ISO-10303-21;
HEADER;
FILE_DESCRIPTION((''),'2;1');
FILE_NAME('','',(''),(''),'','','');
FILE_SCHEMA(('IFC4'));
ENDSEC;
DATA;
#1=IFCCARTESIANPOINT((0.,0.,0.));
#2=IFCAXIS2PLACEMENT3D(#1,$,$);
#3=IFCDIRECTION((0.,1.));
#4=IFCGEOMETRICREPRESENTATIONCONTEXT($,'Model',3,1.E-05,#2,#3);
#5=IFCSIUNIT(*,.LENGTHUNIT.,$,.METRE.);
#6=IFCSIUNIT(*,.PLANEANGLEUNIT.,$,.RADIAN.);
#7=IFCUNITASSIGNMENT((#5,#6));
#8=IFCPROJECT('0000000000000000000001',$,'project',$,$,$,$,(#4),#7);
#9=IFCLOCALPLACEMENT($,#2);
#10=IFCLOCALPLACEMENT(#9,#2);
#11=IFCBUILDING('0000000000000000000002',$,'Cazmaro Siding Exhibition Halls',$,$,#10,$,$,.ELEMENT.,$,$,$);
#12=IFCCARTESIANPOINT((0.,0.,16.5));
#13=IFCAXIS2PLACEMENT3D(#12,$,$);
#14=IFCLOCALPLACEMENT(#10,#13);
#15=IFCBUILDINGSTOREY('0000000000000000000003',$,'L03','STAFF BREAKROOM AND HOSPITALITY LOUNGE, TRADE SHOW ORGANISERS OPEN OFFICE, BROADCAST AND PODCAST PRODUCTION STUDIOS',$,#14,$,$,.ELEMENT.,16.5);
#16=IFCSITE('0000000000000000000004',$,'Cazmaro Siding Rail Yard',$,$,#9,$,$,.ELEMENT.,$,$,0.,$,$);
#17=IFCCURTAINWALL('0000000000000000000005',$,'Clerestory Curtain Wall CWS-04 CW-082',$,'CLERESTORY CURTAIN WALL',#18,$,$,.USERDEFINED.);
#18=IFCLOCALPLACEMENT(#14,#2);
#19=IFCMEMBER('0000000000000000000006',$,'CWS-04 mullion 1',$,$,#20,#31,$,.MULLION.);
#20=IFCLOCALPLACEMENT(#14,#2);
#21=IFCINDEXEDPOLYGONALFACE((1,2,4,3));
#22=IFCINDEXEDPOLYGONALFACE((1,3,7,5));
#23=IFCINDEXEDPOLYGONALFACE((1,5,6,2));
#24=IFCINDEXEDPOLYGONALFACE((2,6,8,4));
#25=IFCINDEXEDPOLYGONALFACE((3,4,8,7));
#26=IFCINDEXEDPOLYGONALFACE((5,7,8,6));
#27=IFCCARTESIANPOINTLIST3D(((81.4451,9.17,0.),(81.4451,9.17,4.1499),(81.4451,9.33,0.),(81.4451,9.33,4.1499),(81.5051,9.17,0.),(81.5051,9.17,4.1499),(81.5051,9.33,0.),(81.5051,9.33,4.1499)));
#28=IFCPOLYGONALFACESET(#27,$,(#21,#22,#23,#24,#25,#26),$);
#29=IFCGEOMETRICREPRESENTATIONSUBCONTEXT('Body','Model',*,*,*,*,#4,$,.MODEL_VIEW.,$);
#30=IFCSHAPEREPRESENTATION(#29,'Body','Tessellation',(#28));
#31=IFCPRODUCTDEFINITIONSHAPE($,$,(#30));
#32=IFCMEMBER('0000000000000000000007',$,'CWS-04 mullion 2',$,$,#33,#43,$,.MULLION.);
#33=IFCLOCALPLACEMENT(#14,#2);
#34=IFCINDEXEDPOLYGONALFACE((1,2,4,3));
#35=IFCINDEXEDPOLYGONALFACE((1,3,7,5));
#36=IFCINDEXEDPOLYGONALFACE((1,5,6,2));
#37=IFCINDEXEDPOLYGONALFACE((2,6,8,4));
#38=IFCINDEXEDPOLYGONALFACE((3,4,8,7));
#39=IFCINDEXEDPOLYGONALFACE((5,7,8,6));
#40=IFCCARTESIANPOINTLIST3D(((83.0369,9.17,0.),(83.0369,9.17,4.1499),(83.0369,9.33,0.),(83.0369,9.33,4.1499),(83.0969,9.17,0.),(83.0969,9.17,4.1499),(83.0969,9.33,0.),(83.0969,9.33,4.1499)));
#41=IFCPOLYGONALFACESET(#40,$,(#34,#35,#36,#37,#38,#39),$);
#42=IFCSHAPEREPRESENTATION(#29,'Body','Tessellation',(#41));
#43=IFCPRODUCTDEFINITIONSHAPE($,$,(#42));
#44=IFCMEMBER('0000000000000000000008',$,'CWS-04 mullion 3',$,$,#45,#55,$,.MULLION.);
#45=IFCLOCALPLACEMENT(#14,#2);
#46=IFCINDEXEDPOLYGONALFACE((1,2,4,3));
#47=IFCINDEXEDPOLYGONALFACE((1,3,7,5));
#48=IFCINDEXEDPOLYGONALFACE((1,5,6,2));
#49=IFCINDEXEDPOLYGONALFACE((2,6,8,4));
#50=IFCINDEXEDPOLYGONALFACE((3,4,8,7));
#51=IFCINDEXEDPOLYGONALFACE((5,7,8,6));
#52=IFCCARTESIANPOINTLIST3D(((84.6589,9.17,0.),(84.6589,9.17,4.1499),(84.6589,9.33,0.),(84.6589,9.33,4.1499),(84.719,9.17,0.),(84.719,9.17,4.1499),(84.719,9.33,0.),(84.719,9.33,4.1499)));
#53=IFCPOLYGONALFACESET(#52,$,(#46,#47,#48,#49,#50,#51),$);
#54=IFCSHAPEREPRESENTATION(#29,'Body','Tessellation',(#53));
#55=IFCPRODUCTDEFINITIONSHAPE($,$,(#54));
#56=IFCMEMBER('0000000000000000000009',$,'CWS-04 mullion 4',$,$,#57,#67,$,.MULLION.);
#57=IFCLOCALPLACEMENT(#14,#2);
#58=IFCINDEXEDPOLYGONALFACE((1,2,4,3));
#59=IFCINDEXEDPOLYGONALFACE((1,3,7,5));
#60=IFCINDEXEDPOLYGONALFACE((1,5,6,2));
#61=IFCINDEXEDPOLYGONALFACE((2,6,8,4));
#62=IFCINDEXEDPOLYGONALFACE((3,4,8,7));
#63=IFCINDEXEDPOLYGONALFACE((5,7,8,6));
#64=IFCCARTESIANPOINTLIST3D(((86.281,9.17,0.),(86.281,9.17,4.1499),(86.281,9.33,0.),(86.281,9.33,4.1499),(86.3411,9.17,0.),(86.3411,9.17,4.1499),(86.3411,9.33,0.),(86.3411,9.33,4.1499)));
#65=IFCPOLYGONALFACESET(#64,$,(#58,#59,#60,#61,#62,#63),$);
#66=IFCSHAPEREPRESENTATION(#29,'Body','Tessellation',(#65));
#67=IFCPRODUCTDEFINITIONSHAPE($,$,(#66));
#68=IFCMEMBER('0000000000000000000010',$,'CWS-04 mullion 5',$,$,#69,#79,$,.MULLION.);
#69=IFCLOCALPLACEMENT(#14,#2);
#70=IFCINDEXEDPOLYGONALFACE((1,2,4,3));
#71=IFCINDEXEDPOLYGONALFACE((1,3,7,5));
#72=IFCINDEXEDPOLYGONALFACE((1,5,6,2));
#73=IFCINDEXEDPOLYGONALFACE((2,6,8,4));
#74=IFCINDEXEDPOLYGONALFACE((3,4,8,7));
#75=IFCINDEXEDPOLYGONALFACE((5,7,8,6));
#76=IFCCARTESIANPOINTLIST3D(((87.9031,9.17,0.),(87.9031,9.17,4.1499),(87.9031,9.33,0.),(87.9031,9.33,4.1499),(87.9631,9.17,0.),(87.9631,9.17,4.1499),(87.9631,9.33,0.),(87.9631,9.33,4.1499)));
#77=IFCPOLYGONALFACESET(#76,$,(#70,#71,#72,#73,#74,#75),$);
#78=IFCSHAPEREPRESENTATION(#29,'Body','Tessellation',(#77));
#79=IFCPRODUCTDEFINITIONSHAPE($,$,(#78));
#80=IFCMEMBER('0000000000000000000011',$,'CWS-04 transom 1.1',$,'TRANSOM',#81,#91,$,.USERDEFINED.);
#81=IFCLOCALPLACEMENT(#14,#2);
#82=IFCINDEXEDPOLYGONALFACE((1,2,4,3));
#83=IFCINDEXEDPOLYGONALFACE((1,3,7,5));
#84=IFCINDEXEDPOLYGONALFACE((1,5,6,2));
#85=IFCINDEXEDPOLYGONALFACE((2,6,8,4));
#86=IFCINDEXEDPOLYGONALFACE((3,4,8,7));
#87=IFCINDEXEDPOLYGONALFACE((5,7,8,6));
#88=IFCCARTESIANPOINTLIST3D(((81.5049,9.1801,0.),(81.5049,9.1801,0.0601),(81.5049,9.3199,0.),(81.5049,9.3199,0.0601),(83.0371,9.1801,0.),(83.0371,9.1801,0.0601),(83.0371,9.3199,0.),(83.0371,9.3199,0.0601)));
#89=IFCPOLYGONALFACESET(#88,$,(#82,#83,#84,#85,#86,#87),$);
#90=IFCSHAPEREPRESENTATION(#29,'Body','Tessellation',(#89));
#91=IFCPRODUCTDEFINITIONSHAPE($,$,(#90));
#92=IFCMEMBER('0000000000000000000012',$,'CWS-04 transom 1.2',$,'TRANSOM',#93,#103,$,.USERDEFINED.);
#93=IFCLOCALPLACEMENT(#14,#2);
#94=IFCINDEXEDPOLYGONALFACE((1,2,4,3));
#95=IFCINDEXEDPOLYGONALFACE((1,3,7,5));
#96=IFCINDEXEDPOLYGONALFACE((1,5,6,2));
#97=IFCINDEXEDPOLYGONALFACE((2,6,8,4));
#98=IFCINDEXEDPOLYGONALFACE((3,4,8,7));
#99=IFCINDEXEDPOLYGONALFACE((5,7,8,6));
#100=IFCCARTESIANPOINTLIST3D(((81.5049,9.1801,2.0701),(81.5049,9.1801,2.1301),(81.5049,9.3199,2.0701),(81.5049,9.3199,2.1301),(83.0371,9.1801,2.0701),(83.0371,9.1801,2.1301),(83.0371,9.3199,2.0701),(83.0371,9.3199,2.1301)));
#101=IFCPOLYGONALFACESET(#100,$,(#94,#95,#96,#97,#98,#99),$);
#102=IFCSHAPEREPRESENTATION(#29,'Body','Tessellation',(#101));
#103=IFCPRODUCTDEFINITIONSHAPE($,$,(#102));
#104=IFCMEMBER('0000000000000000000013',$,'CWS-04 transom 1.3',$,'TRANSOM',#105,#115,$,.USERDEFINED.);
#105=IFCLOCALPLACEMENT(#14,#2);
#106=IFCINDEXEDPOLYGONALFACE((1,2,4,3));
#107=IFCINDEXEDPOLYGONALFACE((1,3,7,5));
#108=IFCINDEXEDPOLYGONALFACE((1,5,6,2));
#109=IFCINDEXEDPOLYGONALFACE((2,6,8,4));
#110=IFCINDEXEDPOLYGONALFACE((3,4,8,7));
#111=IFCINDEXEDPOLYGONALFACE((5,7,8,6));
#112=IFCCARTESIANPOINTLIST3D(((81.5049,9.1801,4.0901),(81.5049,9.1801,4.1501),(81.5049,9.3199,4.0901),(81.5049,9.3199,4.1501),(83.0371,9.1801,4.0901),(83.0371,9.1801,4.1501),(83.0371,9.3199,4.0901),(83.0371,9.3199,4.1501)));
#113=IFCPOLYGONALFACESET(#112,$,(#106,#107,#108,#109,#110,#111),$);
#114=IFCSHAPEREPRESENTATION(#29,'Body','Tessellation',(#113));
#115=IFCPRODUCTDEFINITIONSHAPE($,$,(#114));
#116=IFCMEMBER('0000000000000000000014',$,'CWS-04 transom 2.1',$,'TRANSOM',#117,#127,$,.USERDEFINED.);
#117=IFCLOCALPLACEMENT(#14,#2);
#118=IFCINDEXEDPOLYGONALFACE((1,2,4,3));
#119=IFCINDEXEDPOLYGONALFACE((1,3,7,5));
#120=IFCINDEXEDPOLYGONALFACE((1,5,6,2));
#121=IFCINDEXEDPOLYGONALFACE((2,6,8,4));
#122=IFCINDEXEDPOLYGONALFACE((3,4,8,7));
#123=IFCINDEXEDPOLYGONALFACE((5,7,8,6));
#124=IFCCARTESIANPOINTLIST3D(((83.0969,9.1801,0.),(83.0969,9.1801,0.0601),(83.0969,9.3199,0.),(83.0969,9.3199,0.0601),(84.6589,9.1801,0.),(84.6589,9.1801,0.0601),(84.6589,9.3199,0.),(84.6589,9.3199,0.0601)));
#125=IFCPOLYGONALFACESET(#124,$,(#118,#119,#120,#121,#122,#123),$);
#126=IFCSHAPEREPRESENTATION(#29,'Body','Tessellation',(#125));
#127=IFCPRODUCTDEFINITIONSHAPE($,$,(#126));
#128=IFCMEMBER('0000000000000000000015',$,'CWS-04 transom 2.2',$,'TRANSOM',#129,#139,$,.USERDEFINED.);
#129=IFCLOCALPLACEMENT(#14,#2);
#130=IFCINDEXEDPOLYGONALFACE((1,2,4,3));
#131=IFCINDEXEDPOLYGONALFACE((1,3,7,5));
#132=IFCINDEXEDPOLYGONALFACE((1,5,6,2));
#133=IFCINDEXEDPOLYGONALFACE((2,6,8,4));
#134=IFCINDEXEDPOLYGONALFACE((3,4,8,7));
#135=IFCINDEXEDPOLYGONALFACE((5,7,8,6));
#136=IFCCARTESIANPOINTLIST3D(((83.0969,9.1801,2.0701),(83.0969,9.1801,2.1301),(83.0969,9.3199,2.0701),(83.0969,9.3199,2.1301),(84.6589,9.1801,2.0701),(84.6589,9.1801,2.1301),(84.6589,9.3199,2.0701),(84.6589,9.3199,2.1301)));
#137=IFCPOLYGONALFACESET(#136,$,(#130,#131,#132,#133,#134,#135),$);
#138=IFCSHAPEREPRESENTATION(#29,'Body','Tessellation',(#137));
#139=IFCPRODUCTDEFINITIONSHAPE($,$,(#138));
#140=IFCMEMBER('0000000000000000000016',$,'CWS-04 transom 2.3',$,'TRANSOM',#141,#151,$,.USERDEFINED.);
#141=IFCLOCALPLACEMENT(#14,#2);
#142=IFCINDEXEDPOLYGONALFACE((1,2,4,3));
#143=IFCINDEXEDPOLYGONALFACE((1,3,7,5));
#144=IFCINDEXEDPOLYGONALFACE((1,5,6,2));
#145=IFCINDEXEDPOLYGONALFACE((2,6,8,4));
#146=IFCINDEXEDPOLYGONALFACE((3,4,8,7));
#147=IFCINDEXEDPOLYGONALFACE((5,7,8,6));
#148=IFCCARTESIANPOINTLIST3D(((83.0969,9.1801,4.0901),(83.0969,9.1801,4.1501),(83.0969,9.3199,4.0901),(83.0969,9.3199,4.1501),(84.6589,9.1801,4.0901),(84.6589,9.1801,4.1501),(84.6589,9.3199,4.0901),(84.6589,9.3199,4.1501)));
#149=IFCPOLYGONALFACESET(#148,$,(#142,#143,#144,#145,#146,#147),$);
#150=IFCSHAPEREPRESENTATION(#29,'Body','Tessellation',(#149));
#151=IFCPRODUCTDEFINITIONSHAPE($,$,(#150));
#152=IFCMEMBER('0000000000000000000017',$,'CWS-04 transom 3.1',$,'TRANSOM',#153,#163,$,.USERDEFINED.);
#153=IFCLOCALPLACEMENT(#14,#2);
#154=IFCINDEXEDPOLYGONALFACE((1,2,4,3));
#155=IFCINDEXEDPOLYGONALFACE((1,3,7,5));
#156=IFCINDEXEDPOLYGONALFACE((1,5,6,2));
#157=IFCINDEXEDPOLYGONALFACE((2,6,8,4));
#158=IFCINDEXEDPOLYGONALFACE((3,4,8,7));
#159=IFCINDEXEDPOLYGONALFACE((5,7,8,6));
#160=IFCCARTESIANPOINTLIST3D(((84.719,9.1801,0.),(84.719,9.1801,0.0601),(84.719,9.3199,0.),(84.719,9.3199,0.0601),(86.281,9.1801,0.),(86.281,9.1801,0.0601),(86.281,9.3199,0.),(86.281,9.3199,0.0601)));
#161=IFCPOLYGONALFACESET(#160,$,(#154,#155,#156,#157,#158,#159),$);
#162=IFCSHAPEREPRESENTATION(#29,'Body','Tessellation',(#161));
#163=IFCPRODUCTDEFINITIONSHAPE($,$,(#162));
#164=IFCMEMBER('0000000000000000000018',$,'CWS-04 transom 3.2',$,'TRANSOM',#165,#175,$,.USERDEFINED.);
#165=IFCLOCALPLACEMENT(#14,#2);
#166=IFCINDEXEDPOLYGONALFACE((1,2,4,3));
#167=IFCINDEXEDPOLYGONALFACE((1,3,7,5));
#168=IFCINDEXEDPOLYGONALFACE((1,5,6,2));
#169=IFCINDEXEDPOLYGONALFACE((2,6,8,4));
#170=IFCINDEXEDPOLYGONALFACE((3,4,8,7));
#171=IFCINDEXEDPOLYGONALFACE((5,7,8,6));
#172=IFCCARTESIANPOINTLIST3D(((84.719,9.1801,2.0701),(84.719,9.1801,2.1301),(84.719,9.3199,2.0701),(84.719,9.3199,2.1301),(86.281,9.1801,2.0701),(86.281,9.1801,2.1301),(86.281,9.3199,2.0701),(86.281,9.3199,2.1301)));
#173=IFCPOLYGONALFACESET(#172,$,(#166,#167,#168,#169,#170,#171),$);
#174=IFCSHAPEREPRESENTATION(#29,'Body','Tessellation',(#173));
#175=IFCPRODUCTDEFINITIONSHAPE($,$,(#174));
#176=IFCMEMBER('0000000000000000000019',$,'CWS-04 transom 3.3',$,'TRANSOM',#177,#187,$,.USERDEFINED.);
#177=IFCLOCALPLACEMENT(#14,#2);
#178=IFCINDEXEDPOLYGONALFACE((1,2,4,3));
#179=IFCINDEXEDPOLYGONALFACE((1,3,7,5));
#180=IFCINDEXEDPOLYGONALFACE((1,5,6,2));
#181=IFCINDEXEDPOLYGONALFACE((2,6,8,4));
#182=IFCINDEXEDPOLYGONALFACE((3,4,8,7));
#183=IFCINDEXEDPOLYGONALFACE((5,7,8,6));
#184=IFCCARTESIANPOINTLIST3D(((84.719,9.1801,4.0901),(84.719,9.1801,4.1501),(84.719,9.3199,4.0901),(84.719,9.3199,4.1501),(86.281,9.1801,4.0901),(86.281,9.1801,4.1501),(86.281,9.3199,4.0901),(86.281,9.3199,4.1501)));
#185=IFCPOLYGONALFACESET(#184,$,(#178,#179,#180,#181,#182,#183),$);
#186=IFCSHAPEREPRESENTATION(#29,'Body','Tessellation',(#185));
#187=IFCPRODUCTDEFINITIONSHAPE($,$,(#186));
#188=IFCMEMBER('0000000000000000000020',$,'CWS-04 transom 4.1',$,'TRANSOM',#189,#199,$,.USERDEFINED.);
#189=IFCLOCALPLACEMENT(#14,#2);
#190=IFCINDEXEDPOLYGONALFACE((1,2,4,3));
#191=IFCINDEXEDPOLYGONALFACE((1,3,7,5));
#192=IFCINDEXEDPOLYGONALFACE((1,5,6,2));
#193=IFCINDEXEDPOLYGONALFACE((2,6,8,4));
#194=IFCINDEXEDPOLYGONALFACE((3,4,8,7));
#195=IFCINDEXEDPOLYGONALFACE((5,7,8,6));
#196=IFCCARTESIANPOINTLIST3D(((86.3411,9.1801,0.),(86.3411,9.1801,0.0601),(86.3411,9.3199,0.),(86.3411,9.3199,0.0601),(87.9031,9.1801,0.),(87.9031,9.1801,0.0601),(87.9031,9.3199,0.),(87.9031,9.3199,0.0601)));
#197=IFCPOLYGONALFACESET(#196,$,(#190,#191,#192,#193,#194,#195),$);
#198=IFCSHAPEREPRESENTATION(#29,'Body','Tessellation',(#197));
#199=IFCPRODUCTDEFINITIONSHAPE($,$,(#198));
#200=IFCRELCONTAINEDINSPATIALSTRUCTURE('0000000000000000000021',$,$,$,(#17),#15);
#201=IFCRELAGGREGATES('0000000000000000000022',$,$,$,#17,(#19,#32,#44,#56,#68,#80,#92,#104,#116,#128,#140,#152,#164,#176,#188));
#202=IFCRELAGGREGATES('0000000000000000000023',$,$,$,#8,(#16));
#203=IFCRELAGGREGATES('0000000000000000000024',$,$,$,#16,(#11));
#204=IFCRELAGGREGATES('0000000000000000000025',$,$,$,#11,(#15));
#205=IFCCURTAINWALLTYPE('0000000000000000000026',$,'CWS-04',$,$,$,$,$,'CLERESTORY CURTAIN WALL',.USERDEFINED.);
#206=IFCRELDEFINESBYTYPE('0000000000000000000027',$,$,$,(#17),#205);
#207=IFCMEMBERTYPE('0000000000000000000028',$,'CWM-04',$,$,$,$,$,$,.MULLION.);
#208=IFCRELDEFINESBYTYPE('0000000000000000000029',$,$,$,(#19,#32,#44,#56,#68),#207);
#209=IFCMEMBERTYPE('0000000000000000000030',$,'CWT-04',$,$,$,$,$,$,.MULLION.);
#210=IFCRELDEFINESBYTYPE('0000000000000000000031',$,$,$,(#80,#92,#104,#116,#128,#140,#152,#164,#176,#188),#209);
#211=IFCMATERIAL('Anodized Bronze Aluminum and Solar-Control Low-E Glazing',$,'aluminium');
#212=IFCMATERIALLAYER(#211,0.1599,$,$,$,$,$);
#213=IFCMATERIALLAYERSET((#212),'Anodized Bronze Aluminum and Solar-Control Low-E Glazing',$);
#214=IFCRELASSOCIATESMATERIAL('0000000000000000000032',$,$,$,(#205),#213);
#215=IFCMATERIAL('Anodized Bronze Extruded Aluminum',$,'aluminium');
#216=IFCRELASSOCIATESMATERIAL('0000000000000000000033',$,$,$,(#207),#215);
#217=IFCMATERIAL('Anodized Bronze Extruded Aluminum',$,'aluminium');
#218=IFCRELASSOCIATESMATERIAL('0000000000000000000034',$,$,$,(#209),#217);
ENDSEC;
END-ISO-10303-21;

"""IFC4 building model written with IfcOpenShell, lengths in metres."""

from ifc_helpers import new_model, si_unit, direction, frame, origin, origin_2d, place, context, subcontext, project, spatial, rectangle, extrude, material, layer, layer_set, material_profile, profile_set, type_object, element, aggregate, save


model = new_model("IFC4")

# Units and contexts
model_context = context("Model", 3, precision=1e-05, world=origin(), true_north=direction((0.0, 1.0)))
body_context = subcontext(model_context, "Body", "Model", "MODEL_VIEW")
ifc_project = project(units=[si_unit("LENGTHUNIT", "METRE"), si_unit("PLANEANGLEUNIT", "RADIAN")], contexts=[model_context])

# Site, building, storey
site_placement = place(None, origin())
site = spatial("IfcSite", under=ifc_project, at=site_placement, Name="Cazmaro Siding Rail Yard", CompositionType="ELEMENT", RefElevation=0.0)
building_placement = place(site_placement, origin())
building = spatial("IfcBuilding", under=site, at=building_placement, Name="Cazmaro Siding Exhibition Halls", CompositionType="ELEMENT")
storey_placement = place(building_placement, frame((0.0, 0.0, 16.5)))
storey = spatial("IfcBuildingStorey", under=building, at=storey_placement, Name="L03", Description="STAFF BREAKROOM AND HOSPITALITY LOUNGE, TRADE SHOW ORGANISERS OPEN OFFICE, BROADCAST AND PODCAST PRODUCTION STUDIOS", CompositionType="ELEMENT", Elevation=16.5)

# Curtain wall, members
ifc_material_1 = material(Name="Anodized Bronze Aluminum and Solar-Control Low-E Glazing", Category="aluminium")
ifc_layer_1 = layer(ifc_material_1, 0.1599)
ifc_layer_set_1 = layer_set([ifc_layer_1], Name="Anodized Bronze Aluminum and Solar-Control Low-E Glazing")
curtain_wall_type = type_object("IfcCurtainWallType", Name="CWS-04", ElementType="CLERESTORY CURTAIN WALL", PredefinedType="USERDEFINED", material=ifc_layer_set_1)
curtain_wall_placement = place(storey_placement, origin())
curtain_wall = element("IfcCurtainWall", 1, at=curtain_wall_placement, inside=storey, type_object=curtain_wall_type, Name="Clerestory Curtain Wall CWS-04 CW-082", ObjectType="CLERESTORY CURTAIN WALL", PredefinedType="USERDEFINED")
ifc_material_2 = material(Name="Anodized Bronze Extruded Aluminum", Category="aluminium")
ifc_material_profile_1 = material_profile(ifc_material_2, rectangle(XDim=0.1599, YDim=0.0601, at=origin_2d()), Name="CWM-04")
ifc_profile_set_1 = profile_set([ifc_material_profile_1], Name="Anodized Bronze Extruded Aluminum")
member_type_1 = type_object("IfcMemberType", Name="CWM-04", PredefinedType="MULLION", material=ifc_profile_set_1)
member_1_placement = place(storey_placement, frame((81.4751, 9.25, 0.0), z_axis=(0.0, 0.0, 1.0), x_axis=(0.0, 1.0, 0.0)))
member_1 = element("IfcMember", 2, at=member_1_placement, type_object=member_type_1, Name="CWS-04 mullion 1", PredefinedType="MULLION", context=body_context, shape_type="SweptSolid", body=[
    extrude(rectangle(XDim=0.1599, YDim=0.0601, at=origin_2d()), origin(), (0.0, 0.0, 1.0), 4.1499),
])
member_2_placement = place(storey_placement, frame((83.0669, 9.25, 0.0), z_axis=(0.0, 0.0, 1.0), x_axis=(0.0, 1.0, 0.0)))
member_2 = element("IfcMember", 3, at=member_2_placement, type_object=member_type_1, Name="CWS-04 mullion 2", PredefinedType="MULLION", context=body_context, shape_type="SweptSolid", body=[
    extrude(rectangle(XDim=0.1599, YDim=0.0601, at=origin_2d()), origin(), (0.0, 0.0, 1.0), 4.1499),
])
member_3_placement = place(storey_placement, frame((84.689, 9.25, 0.0), z_axis=(0.0, 0.0, 1.0), x_axis=(0.0, 1.0, 0.0)))
member_3 = element("IfcMember", 4, at=member_3_placement, type_object=member_type_1, Name="CWS-04 mullion 3", PredefinedType="MULLION", context=body_context, shape_type="SweptSolid", body=[
    extrude(rectangle(XDim=0.1599, YDim=0.0601, at=origin_2d()), origin(), (0.0, 0.0, 1.0), 4.1499),
])
member_4_placement = place(storey_placement, frame((86.311, 9.25, 0.0), z_axis=(0.0, 0.0, 1.0), x_axis=(0.0, 1.0, 0.0)))
member_4 = element("IfcMember", 5, at=member_4_placement, type_object=member_type_1, Name="CWS-04 mullion 4", PredefinedType="MULLION", context=body_context, shape_type="SweptSolid", body=[
    extrude(rectangle(XDim=0.1599, YDim=0.0601, at=origin_2d()), origin(), (0.0, 0.0, 1.0), 4.1499),
])
member_5_placement = place(storey_placement, frame((87.9331, 9.25, 0.0), z_axis=(0.0, 0.0, 1.0), x_axis=(0.0, 1.0, 0.0)))
member_5 = element("IfcMember", 6, at=member_5_placement, type_object=member_type_1, Name="CWS-04 mullion 5", PredefinedType="MULLION", context=body_context, shape_type="SweptSolid", body=[
    extrude(rectangle(XDim=0.1599, YDim=0.0601, at=origin_2d()), origin(), (0.0, 0.0, 1.0), 4.1499),
])
ifc_material_3 = material(Name="Anodized Bronze Extruded Aluminum", Category="aluminium")
ifc_material_profile_2 = material_profile(ifc_material_3, rectangle(XDim=0.1399, YDim=0.0601, at=origin_2d()), Name="CWT-04")
ifc_profile_set_2 = profile_set([ifc_material_profile_2], Name="Anodized Bronze Extruded Aluminum")
member_type_2 = type_object("IfcMemberType", Name="CWT-04", PredefinedType="MULLION", material=ifc_profile_set_2)
member_6_placement = place(storey_placement, frame((81.5049, 9.25, 0.03), z_axis=(1.0, 0.0, 0.0), x_axis=(0.0, 1.0, 0.0)))
member_6 = element("IfcMember", 7, at=member_6_placement, type_object=member_type_2, Name="CWS-04 transom 1.1", ObjectType="TRANSOM", PredefinedType="USERDEFINED", context=body_context, shape_type="SweptSolid", body=[
    extrude(rectangle(XDim=0.1399, YDim=0.0601, at=origin_2d()), origin(), (0.0, 0.0, 1.0), 1.5322),
])
member_7_placement = place(storey_placement, frame((81.5049, 9.25, 2.1001), z_axis=(1.0, 0.0, 0.0), x_axis=(0.0, 1.0, 0.0)))
member_7 = element("IfcMember", 8, at=member_7_placement, type_object=member_type_2, Name="CWS-04 transom 1.2", ObjectType="TRANSOM", PredefinedType="USERDEFINED", context=body_context, shape_type="SweptSolid", body=[
    extrude(rectangle(XDim=0.1399, YDim=0.0601, at=origin_2d()), origin(), (0.0, 0.0, 1.0), 1.5322),
])
member_8_placement = place(storey_placement, frame((81.5049, 9.25, 4.1201), z_axis=(1.0, 0.0, 0.0), x_axis=(0.0, 1.0, 0.0)))
member_8 = element("IfcMember", 9, at=member_8_placement, type_object=member_type_2, Name="CWS-04 transom 1.3", ObjectType="TRANSOM", PredefinedType="USERDEFINED", context=body_context, shape_type="SweptSolid", body=[
    extrude(rectangle(XDim=0.1399, YDim=0.0601, at=origin_2d()), origin(), (0.0, 0.0, 1.0), 1.5322),
])
member_9_placement = place(storey_placement, frame((83.0969, 9.25, 0.03), z_axis=(1.0, 0.0, 0.0), x_axis=(0.0, 1.0, 0.0)))
member_9 = element("IfcMember", 10, at=member_9_placement, type_object=member_type_2, Name="CWS-04 transom 2.1", ObjectType="TRANSOM", PredefinedType="USERDEFINED", context=body_context, shape_type="SweptSolid", body=[
    extrude(rectangle(XDim=0.1399, YDim=0.0601, at=origin_2d()), origin(), (0.0, 0.0, 1.0), 1.562),
])
member_10_placement = place(storey_placement, frame((83.0969, 9.25, 2.1001), z_axis=(1.0, 0.0, 0.0), x_axis=(0.0, 1.0, 0.0)))
member_10 = element("IfcMember", 11, at=member_10_placement, type_object=member_type_2, Name="CWS-04 transom 2.2", ObjectType="TRANSOM", PredefinedType="USERDEFINED", context=body_context, shape_type="SweptSolid", body=[
    extrude(rectangle(XDim=0.1399, YDim=0.0601, at=origin_2d()), origin(), (0.0, 0.0, 1.0), 1.562),
])
member_11_placement = place(storey_placement, frame((83.0969, 9.25, 4.1201), z_axis=(1.0, 0.0, 0.0), x_axis=(0.0, 1.0, 0.0)))
member_11 = element("IfcMember", 12, at=member_11_placement, type_object=member_type_2, Name="CWS-04 transom 2.3", ObjectType="TRANSOM", PredefinedType="USERDEFINED", context=body_context, shape_type="SweptSolid", body=[
    extrude(rectangle(XDim=0.1399, YDim=0.0601, at=origin_2d()), origin(), (0.0, 0.0, 1.0), 1.562),
])
member_12_placement = place(storey_placement, frame((84.719, 9.25, 0.03), z_axis=(1.0, 0.0, 0.0), x_axis=(0.0, 1.0, 0.0)))
member_12 = element("IfcMember", 13, at=member_12_placement, type_object=member_type_2, Name="CWS-04 transom 3.1", ObjectType="TRANSOM", PredefinedType="USERDEFINED", context=body_context, shape_type="SweptSolid", body=[
    extrude(rectangle(XDim=0.1399, YDim=0.0601, at=origin_2d()), origin(), (0.0, 0.0, 1.0), 1.562),
])
member_13_placement = place(storey_placement, frame((84.719, 9.25, 2.1001), z_axis=(1.0, 0.0, 0.0), x_axis=(0.0, 1.0, 0.0)))
member_13 = element("IfcMember", 14, at=member_13_placement, type_object=member_type_2, Name="CWS-04 transom 3.2", ObjectType="TRANSOM", PredefinedType="USERDEFINED", context=body_context, shape_type="SweptSolid", body=[
    extrude(rectangle(XDim=0.1399, YDim=0.0601, at=origin_2d()), origin(), (0.0, 0.0, 1.0), 1.562),
])
member_14_placement = place(storey_placement, frame((84.719, 9.25, 4.1201), z_axis=(1.0, 0.0, 0.0), x_axis=(0.0, 1.0, 0.0)))
member_14 = element("IfcMember", 15, at=member_14_placement, type_object=member_type_2, Name="CWS-04 transom 3.3", ObjectType="TRANSOM", PredefinedType="USERDEFINED", context=body_context, shape_type="SweptSolid", body=[
    extrude(rectangle(XDim=0.1399, YDim=0.0601, at=origin_2d()), origin(), (0.0, 0.0, 1.0), 1.562),
])
member_15_placement = place(storey_placement, frame((86.3411, 9.25, 0.03), z_axis=(1.0, 0.0, 0.0), x_axis=(0.0, 1.0, 0.0)))
member_15 = element("IfcMember", 16, at=member_15_placement, type_object=member_type_2, Name="CWS-04 transom 4.1", ObjectType="TRANSOM", PredefinedType="USERDEFINED", context=body_context, shape_type="SweptSolid", body=[
    extrude(rectangle(XDim=0.1399, YDim=0.0601, at=origin_2d()), origin(), (0.0, 0.0, 1.0), 1.562),
])

aggregate(curtain_wall, [member_1, member_2, member_3, member_4, member_5, member_6, member_7, member_8, member_9, member_10, member_11, member_12, member_13, member_14, member_15])

save(model, "model.ifc")
